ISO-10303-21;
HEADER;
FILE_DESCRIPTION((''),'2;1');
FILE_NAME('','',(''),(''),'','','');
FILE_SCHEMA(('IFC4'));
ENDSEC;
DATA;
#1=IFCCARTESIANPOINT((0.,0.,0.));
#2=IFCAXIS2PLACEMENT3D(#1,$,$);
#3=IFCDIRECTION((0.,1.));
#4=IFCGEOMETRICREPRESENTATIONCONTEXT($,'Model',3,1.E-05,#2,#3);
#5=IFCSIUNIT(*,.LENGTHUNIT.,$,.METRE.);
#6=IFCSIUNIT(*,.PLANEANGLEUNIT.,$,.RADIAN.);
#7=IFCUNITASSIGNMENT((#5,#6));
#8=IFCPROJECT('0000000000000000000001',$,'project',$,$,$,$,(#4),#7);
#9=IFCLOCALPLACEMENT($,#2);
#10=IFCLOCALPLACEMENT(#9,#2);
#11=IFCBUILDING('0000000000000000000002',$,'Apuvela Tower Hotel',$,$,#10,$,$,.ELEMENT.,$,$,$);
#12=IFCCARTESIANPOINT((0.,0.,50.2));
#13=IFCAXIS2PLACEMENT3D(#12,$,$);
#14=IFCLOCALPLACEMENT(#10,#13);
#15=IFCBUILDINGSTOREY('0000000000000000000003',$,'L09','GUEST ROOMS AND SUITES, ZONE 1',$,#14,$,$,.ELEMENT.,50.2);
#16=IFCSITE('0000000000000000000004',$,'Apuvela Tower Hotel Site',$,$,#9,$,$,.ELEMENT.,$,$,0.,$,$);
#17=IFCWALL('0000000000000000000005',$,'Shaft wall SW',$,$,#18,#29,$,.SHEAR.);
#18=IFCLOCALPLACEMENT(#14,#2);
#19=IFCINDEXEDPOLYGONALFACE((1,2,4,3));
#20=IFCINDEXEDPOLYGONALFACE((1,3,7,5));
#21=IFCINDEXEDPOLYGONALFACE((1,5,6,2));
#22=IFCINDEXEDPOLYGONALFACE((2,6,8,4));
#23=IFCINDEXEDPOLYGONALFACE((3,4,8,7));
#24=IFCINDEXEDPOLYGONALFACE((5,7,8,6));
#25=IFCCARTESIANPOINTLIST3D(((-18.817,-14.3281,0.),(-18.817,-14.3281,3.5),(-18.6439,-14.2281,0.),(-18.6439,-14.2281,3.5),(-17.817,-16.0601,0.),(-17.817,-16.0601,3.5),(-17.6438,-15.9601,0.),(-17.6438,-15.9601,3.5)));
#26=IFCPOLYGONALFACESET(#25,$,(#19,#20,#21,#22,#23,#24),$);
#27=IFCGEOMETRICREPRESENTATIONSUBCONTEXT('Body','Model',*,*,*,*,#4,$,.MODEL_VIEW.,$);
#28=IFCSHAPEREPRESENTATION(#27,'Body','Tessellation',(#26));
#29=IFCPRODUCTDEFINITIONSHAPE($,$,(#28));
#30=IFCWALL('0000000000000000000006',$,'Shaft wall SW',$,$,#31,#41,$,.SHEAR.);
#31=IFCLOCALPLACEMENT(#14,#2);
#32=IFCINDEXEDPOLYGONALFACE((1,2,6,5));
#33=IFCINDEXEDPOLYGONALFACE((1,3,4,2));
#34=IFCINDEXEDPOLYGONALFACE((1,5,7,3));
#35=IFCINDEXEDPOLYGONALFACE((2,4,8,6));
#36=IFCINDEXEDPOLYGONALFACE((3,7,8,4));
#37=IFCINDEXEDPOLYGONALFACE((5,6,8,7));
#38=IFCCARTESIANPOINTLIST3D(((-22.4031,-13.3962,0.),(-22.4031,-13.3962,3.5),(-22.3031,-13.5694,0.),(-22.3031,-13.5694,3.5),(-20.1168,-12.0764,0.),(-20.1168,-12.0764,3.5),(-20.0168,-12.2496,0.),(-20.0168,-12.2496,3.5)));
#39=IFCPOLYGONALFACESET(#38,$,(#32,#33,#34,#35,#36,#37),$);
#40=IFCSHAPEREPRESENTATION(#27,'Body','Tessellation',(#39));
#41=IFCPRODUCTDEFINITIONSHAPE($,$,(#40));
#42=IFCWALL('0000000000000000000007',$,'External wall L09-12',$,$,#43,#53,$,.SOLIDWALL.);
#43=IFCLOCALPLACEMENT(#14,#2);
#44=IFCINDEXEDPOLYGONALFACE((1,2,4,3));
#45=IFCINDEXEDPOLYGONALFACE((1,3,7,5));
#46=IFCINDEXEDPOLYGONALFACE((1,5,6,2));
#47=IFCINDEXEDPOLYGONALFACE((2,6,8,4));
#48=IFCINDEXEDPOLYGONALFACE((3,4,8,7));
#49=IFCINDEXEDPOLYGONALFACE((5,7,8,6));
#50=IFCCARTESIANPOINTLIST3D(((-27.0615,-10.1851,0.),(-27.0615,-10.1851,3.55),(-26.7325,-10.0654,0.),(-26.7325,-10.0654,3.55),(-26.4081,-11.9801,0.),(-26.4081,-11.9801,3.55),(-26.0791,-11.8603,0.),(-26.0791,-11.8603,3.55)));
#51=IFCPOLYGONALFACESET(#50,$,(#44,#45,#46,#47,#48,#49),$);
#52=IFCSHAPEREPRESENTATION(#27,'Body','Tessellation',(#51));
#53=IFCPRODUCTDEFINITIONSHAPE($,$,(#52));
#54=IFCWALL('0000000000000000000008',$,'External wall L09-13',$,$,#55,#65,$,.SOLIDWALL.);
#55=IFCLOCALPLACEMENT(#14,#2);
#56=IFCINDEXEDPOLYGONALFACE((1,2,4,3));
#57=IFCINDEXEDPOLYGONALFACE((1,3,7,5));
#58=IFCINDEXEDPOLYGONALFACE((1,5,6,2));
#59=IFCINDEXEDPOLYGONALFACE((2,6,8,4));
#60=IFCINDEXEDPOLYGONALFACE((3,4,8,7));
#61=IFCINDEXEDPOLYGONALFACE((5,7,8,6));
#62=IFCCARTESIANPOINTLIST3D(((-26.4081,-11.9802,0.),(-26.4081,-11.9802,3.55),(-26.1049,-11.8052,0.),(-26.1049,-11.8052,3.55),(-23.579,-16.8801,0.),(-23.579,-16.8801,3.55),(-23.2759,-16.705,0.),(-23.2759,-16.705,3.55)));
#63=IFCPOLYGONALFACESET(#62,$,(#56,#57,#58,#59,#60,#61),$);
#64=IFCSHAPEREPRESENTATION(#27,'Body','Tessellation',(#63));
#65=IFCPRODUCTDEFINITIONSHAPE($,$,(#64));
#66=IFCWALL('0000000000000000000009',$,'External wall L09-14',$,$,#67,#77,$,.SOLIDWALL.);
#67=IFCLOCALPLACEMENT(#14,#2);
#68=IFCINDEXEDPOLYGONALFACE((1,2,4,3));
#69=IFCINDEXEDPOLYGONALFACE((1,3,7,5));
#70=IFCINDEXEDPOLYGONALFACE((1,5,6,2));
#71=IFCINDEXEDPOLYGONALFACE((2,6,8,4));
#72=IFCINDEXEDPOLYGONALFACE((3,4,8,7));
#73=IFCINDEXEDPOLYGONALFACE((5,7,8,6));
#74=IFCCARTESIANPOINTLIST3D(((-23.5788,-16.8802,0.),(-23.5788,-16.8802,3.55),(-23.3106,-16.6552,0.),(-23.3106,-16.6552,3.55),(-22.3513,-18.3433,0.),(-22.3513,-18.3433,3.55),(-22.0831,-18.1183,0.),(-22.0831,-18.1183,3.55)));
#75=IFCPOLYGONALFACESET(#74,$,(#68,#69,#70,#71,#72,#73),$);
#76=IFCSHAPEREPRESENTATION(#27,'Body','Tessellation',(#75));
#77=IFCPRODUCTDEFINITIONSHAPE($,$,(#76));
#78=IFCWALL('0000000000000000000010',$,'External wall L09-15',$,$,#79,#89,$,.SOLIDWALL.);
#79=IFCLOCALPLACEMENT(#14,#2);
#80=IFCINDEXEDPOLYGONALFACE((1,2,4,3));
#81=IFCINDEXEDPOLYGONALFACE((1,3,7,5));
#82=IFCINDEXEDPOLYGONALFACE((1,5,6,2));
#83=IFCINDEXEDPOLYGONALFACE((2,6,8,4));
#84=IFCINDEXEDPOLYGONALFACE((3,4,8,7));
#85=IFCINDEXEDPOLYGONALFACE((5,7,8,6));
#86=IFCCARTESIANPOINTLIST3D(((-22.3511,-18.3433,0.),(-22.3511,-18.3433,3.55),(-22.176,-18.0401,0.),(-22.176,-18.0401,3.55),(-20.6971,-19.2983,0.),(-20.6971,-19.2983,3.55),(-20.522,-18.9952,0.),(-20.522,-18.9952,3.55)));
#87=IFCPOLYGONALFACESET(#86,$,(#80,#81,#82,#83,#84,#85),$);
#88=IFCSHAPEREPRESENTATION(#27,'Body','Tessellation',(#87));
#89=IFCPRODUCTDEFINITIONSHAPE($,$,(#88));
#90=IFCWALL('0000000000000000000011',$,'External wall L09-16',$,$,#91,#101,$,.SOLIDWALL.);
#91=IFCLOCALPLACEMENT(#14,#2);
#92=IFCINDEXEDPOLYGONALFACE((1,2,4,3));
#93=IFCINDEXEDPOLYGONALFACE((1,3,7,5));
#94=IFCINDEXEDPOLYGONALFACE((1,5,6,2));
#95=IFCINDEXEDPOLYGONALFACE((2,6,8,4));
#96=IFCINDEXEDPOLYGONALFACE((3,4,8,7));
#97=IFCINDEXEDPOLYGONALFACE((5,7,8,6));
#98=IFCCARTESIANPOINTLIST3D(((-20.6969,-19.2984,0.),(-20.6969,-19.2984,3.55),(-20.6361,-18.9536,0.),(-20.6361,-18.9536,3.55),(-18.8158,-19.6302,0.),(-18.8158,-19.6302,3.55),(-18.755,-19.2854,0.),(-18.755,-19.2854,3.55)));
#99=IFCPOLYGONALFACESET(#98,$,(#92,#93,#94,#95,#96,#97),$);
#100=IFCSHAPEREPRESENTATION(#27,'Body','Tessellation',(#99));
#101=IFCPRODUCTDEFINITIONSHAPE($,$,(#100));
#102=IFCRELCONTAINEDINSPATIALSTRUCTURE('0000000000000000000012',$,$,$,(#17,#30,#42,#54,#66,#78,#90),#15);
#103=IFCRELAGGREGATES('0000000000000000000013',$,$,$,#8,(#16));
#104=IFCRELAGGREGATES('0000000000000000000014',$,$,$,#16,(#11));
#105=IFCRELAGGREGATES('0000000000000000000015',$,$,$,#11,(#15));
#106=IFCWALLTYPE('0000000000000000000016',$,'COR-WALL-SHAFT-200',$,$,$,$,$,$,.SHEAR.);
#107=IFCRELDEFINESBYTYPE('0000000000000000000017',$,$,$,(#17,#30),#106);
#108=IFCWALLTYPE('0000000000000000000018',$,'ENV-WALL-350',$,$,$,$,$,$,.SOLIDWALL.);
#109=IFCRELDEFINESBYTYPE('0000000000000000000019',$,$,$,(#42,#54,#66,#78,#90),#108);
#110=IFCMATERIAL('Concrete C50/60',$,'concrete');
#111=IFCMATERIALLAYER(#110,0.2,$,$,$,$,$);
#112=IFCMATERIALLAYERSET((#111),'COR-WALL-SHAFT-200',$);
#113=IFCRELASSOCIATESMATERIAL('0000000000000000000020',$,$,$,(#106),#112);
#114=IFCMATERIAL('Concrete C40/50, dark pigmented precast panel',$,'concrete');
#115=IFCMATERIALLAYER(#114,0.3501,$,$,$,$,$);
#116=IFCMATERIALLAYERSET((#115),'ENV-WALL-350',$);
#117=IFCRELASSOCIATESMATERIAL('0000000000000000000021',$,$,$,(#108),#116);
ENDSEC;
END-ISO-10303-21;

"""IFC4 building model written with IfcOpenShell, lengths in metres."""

from ifc_helpers import new_model, si_unit, direction, frame, frame_2d, origin, place, context, subcontext, project, spatial, rectangle, extrude, material, layer, layer_set, type_object, element, save


model = new_model("IFC4")

# Units and contexts
model_context = context("Model", 3, precision=1e-05, world=origin(), true_north=direction((0.0, 1.0)))
body_context = subcontext(model_context, "Body", "Model", "MODEL_VIEW")
ifc_project = project(units=[si_unit("LENGTHUNIT", "METRE"), si_unit("PLANEANGLEUNIT", "RADIAN")], contexts=[model_context])

# Site, building, storey
site_placement = place(None, origin())
site = spatial("IfcSite", under=ifc_project, at=site_placement, Name="Apuvela Tower Hotel Site", CompositionType="ELEMENT", RefElevation=0.0)
building_placement = place(site_placement, origin())
building = spatial("IfcBuilding", under=site, at=building_placement, Name="Apuvela Tower Hotel", CompositionType="ELEMENT")
storey_placement = place(building_placement, frame((0.0, 0.0, 50.2)))
storey = spatial("IfcBuildingStorey", under=building, at=storey_placement, Name="L09", Description="GUEST ROOMS AND SUITES, ZONE 1", CompositionType="ELEMENT", Elevation=50.2)

# Shared definitions
ifc_material_1 = material(Name="Concrete C50/60", Category="concrete")
ifc_layer_1 = layer(ifc_material_1, 0.2)
ifc_layer_set_1 = layer_set([ifc_layer_1], Name="COR-WALL-SHAFT-200")
wall_type_1 = type_object("IfcWallType", Name="COR-WALL-SHAFT-200", PredefinedType="SHEAR", material=ifc_layer_set_1)

# Walls
wall_1_placement = place(storey_placement, frame((-18.7305, -14.2781, 0.0), z_axis=(0.0, 0.0, 1.0), x_axis=(0.500025, -0.866011, 0.0)))
element("IfcWall", 1, at=wall_1_placement, inside=storey, type_object=wall_type_1, Name="Shaft wall SW", PredefinedType="SHEAR", context=body_context, shape_type="SweptSolid", body=[
    extrude(rectangle(XDim=2.0, YDim=0.2, at=frame_2d((1.0, 0.0))), origin(), (0.0, 0.0, 1.0), 3.5),
])
wall_2_placement = place(storey_placement, frame((-20.0669, -12.1631, 0.0), z_axis=(0.0, 0.0, 1.0), x_axis=(-0.866061, -0.499939, 0.0)))
element("IfcWall", 2, at=wall_2_placement, inside=storey, type_object=wall_type_1, Name="Shaft wall SW", PredefinedType="SHEAR", context=body_context, shape_type="SweptSolid", body=[
    extrude(rectangle(XDim=2.6399, YDim=0.2, at=frame_2d((1.3198, 0.0))), origin(), (0.0, 0.0, 1.0), 3.5),
])
ifc_material_2 = material(Name="Concrete C40/50, dark pigmented precast panel", Category="concrete")
ifc_layer_2 = layer(ifc_material_2, 0.3501)
ifc_layer_set_2 = layer_set([ifc_layer_2], Name="ENV-WALL-350")
wall_type_2 = type_object("IfcWallType", Name="ENV-WALL-350", PredefinedType="SOLIDWALL", material=ifc_layer_set_2)
wall_3_placement = place(storey_placement, frame((-26.897, -10.1252, 0.0), z_axis=(0.0, 0.0, 1.0), x_axis=(0.34203, -0.939689, 0.0)))
element("IfcWall", 3, at=wall_3_placement, inside=storey, type_object=wall_type_2, Name="External wall L09-12", PredefinedType="SOLIDWALL", context=body_context, shape_type="SweptSolid", body=[
    extrude(rectangle(XDim=1.9102, YDim=0.3501, at=frame_2d((0.9551, 0.0))), origin(), (0.0, 0.0, 1.0), 3.55),
])
wall_4_placement = place(storey_placement, frame((-26.2566, -11.8926, 0.0), z_axis=(0.0, 0.0, 1.0), x_axis=(0.500019, -0.866015, 0.0)))
element("IfcWall", 4, at=wall_4_placement, inside=storey, type_object=wall_type_2, Name="External wall L09-13", PredefinedType="SOLIDWALL", context=body_context, shape_type="SweptSolid", body=[
    extrude(rectangle(XDim=5.658, YDim=0.3501, at=frame_2d((2.8291, 0.0))), origin(), (0.0, 0.0, 1.0), 3.55),
])
for number, where, z_axis, x_axis, name in (
    (5, (-23.4448, -16.7676, 0.0), (0.0, 0.0, 1.0), (0.642733, -0.76609, 0.0), "External wall L09-14"),
    (6, (-22.2637, -18.1917, 0.0), (0.0, 0.0, 1.0), (0.866, -0.500043, 0.0), "External wall L09-15"),
):
    element("IfcWall", number, at=place(storey_placement, frame(where, z_axis=z_axis, x_axis=x_axis)), inside=storey, type_object=wall_type_2, Name=name, PredefinedType="SOLIDWALL", context=body_context, shape_type="SweptSolid", body=[
        extrude(rectangle(XDim=1.9099, YDim=0.3501, at=frame_2d((0.9551, 0.0))), origin(), (0.0, 0.0, 1.0), 3.55),
    ])
wall_5_placement = place(storey_placement, frame((-20.6665, -19.126, 0.0), z_axis=(0.0, 0.0, 1.0), x_axis=(0.984799, -0.173698, 0.0)))
element("IfcWall", 7, at=wall_5_placement, inside=storey, type_object=wall_type_2, Name="External wall L09-16", PredefinedType="SOLIDWALL", context=body_context, shape_type="SweptSolid", body=[
    extrude(rectangle(XDim=1.9102, YDim=0.3501, at=frame_2d((0.9551, 0.0))), origin(), (0.0, 0.0, 1.0), 3.55),
])

save(model, "model.ifc")
